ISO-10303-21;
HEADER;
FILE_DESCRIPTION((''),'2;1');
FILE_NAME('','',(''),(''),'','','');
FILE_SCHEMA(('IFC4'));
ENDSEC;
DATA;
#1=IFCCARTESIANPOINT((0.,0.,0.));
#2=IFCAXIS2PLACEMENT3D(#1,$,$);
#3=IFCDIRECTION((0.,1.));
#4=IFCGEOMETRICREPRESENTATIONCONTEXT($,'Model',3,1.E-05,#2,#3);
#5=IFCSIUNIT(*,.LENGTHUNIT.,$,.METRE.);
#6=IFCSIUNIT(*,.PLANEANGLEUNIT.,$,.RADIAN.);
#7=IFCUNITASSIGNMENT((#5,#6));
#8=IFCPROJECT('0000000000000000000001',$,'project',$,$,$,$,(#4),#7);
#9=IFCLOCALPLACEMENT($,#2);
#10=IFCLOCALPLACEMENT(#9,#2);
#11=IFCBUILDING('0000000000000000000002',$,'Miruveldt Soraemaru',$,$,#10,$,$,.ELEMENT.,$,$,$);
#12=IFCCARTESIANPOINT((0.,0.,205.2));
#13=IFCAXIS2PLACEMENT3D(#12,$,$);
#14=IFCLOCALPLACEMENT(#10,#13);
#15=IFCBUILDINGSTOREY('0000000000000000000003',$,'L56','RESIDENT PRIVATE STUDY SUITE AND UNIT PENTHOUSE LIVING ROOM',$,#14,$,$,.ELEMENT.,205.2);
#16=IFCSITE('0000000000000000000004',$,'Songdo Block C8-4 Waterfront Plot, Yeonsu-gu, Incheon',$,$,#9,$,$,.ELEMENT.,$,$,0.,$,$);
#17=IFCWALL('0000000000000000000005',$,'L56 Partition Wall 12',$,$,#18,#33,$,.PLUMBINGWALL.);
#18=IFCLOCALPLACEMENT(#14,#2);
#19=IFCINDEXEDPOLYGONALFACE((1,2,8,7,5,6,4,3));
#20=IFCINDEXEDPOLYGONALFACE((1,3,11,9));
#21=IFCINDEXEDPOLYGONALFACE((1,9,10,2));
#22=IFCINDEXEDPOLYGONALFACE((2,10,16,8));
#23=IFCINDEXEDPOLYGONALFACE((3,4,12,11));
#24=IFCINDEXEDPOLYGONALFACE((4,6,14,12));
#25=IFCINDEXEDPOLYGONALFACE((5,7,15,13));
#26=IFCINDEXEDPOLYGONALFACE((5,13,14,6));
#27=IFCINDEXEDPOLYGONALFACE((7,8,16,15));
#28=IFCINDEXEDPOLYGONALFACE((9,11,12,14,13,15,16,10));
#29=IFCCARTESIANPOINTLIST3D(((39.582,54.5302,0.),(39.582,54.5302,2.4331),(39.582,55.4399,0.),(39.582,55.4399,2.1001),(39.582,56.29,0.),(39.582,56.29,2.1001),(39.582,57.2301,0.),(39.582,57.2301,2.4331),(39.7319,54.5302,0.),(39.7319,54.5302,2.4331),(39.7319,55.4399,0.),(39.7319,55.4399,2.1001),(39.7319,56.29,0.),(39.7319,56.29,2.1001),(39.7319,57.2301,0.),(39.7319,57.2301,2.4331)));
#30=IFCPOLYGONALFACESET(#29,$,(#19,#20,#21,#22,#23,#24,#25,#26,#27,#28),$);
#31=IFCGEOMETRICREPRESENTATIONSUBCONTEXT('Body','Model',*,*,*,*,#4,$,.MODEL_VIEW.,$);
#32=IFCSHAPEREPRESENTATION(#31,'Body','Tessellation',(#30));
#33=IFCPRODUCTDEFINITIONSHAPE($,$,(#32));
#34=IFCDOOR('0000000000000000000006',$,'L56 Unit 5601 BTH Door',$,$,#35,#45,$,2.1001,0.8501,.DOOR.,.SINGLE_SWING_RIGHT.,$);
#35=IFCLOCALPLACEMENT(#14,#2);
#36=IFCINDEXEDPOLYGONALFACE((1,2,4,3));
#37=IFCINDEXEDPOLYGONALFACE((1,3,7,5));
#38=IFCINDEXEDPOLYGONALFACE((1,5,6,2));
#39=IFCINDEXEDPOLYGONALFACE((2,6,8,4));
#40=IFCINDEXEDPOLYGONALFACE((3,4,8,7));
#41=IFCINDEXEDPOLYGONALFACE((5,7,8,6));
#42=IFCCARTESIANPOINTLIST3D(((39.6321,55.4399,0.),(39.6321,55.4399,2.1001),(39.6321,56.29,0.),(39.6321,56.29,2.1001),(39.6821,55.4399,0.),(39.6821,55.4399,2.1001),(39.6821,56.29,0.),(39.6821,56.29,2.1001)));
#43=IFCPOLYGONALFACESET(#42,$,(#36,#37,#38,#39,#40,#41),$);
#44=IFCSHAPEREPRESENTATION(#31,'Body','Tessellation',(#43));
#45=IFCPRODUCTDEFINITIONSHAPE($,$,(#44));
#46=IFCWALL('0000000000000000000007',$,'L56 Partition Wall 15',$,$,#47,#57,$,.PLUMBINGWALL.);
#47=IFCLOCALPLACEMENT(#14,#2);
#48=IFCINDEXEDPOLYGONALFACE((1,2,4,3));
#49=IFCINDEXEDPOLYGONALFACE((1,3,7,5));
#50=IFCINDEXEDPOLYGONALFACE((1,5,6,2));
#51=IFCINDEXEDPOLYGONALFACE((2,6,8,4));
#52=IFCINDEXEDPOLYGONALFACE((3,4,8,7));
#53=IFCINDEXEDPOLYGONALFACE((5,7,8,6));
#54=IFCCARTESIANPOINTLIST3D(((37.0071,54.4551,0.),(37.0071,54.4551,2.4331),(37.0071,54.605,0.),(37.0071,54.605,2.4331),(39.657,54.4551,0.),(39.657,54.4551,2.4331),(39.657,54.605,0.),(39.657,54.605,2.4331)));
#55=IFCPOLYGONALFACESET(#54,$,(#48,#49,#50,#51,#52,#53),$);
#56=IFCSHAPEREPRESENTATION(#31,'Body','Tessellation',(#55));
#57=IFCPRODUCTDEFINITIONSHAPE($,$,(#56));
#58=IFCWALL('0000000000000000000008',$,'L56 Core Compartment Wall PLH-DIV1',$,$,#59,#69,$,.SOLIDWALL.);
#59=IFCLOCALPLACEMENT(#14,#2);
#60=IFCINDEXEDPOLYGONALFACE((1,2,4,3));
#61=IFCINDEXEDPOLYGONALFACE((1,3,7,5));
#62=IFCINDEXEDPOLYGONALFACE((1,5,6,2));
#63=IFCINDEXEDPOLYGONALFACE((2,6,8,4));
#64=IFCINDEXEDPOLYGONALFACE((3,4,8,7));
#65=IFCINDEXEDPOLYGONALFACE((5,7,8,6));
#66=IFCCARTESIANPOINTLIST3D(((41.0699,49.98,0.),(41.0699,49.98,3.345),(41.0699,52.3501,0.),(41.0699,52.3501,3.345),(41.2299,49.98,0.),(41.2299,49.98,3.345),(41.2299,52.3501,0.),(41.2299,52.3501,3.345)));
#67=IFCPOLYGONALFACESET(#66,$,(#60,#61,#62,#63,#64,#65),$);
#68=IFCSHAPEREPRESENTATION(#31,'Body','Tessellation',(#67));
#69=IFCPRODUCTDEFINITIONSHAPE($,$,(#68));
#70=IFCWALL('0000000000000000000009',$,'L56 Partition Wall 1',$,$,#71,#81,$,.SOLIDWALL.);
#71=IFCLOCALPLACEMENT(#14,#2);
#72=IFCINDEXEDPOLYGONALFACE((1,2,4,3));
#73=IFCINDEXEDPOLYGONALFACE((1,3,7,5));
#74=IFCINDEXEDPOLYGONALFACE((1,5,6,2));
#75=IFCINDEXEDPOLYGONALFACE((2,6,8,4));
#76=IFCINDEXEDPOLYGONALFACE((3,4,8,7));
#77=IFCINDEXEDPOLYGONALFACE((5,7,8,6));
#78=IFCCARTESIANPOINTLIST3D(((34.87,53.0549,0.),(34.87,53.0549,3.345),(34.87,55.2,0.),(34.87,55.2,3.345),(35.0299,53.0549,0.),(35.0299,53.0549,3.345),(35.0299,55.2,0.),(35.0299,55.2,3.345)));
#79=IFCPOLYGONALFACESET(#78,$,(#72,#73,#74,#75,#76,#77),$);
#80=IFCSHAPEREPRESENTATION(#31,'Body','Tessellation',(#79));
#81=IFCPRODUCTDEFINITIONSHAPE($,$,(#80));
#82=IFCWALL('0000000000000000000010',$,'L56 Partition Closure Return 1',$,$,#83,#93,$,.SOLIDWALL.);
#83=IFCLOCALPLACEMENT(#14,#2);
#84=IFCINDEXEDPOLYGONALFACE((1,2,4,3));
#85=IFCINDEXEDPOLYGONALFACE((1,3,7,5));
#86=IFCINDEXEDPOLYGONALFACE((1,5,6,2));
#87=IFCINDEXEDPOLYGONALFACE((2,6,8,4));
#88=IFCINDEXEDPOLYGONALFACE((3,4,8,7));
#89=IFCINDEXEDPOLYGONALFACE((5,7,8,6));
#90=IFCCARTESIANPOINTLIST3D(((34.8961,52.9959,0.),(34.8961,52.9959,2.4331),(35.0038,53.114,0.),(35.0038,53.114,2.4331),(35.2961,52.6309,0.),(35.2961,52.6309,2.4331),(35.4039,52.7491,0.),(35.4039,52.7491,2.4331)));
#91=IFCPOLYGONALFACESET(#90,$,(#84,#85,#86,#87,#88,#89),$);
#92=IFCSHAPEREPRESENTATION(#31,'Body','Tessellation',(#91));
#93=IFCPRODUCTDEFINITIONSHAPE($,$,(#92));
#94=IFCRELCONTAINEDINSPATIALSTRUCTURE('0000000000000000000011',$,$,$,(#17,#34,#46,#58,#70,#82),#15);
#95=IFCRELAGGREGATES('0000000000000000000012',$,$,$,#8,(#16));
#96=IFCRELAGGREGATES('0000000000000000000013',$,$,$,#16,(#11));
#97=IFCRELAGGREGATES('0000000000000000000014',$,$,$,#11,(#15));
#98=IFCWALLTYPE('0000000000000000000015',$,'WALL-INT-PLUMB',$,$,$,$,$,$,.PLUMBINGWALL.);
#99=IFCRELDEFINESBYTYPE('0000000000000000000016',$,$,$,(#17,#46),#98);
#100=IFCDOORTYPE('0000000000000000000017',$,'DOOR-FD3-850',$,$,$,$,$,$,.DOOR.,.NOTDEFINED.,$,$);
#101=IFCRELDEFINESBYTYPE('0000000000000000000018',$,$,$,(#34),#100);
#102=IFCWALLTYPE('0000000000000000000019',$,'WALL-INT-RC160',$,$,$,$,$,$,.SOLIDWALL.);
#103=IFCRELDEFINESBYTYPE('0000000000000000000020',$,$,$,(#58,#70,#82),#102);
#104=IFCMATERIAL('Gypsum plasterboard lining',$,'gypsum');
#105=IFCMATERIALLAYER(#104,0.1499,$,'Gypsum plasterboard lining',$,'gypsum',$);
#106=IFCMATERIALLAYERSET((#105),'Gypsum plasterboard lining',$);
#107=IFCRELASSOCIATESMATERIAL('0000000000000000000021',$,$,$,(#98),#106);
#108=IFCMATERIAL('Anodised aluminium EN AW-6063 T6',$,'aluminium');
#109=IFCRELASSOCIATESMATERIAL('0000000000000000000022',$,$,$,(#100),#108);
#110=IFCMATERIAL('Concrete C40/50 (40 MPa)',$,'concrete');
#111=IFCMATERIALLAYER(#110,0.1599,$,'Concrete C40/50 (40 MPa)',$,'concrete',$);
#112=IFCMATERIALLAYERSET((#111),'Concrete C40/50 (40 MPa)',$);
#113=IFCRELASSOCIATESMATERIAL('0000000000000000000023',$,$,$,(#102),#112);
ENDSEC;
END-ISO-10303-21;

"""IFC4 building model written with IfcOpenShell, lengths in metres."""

from ifc_helpers import new_model, si_unit, direction, frame, frame_2d, origin, place, context, subcontext, project, spatial, rectangle, extrude, material, layer, layer_set, type_object, element, fill, save


model = new_model("IFC4")

# Units and contexts
model_context = context("Model", 3, precision=1e-05, world=origin(), true_north=direction((0.0, 1.0)))
body_context = subcontext(model_context, "Body", "Model", "MODEL_VIEW")
ifc_project = project(units=[si_unit("LENGTHUNIT", "METRE"), si_unit("PLANEANGLEUNIT", "RADIAN")], contexts=[model_context])

# Site, building, storey
site_placement = place(None, origin())
site = spatial("IfcSite", under=ifc_project, at=site_placement, Name="Songdo Block C8-4 Waterfront Plot, Yeonsu-gu, Incheon", CompositionType="ELEMENT", RefElevation=0.0)
building_placement = place(site_placement, origin())
building = spatial("IfcBuilding", under=site, at=building_placement, Name="Miruveldt Soraemaru", CompositionType="ELEMENT")
storey_placement = place(building_placement, frame((0.0, 0.0, 205.2)))
storey = spatial("IfcBuildingStorey", under=building, at=storey_placement, Name="L56", Description="RESIDENT PRIVATE STUDY SUITE AND UNIT PENTHOUSE LIVING ROOM", CompositionType="ELEMENT", Elevation=205.2)

# Shared definitions
ifc_material_1 = material(Name="Anodised aluminium EN AW-6063 T6", Category="aluminium")

# Wall, opening, door
ifc_material_2 = material(Name="Gypsum plasterboard lining", Category="gypsum")
ifc_layer_1 = layer(ifc_material_2, 0.1499, Name="Gypsum plasterboard lining", Category="gypsum")
ifc_layer_set_1 = layer_set([ifc_layer_1], Name="Gypsum plasterboard lining")
wall_type_1 = type_object("IfcWallType", Name="WALL-INT-PLUMB", PredefinedType="PLUMBINGWALL", material=ifc_layer_set_1)
wall_1_placement = place(storey_placement, frame((39.657, 54.53, 0.0), z_axis=(0.0, 0.0, 1.0), x_axis=(0.0, 1.0, 0.0)))
wall_1 = element("IfcWall", 1, at=wall_1_placement, inside=storey, type_object=wall_type_1, Name="L56 Partition Wall 12", PredefinedType="PLUMBINGWALL", context=body_context, shape_type="SweptSolid", body=[
    extrude(rectangle(XDim=2.7, YDim=0.1499, at=frame_2d((1.3501, 0.0))), origin(), (0.0, 0.0, 1.0), 2.4331),
])
opening_1_placement = place(wall_1_placement, frame((0.9099, 0.0, 0.0)))
opening_1 = element("IfcOpeningElement", 2, at=opening_1_placement, cuts=wall_1, PredefinedType="OPENING", context=body_context, shape_type="SweptSolid", body=[
    extrude(rectangle(XDim=0.8501, YDim=2.1001, at=frame_2d((0.425, 1.05))), frame((0.0, 0.085, 0.0), z_axis=(0.0, -1.0, 0.0), x_axis=(1.0, 0.0, 0.0)), (0.0, 0.0, 1.0), 0.1699),
])
door_type_1 = type_object("IfcDoorType", Name="DOOR-FD3-850", OperationType="NOTDEFINED", PredefinedType="DOOR", material=ifc_material_1)
door_1_placement = place(opening_1_placement, origin())
door_1 = element("IfcDoor", 3, at=door_1_placement, inside=storey, type_object=door_type_1, Name="L56 Unit 5601 BTH Door", OperationType="SINGLE_SWING_RIGHT", OverallHeight=2.1001, OverallWidth=0.8501, PredefinedType="DOOR", context=body_context, shape_type="SweptSolid", body=[
    extrude(rectangle(XDim=0.8501, YDim=2.1001, at=frame_2d((0.425, 1.05))), frame((0.0, 0.0249, 0.0), z_axis=(0.0, -1.0, 0.0), x_axis=(1.0, 0.0, 0.0)), (0.0, 0.0, 1.0), 0.05),
])
fill(opening_1, door_1)

# Walls
wall_2_placement = place(storey_placement, frame((37.0071, 54.53, 0.0), z_axis=(0.0, 0.0, 1.0), x_axis=(1.0, 0.0, 0.0)))
element("IfcWall", 4, at=wall_2_placement, inside=storey, type_object=wall_type_1, Name="L56 Partition Wall 15", PredefinedType="PLUMBINGWALL", context=body_context, shape_type="SweptSolid", body=[
    extrude(rectangle(XDim=2.6499, YDim=0.1499, at=frame_2d((1.325, 0.0))), origin(), (0.0, 0.0, 1.0), 2.4331),
])
ifc_material_3 = material(Name="Concrete C40/50 (40 MPa)", Category="concrete")
ifc_layer_2 = layer(ifc_material_3, 0.1599, Name="Concrete C40/50 (40 MPa)", Category="concrete")
ifc_layer_set_2 = layer_set([ifc_layer_2], Name="Concrete C40/50 (40 MPa)")
wall_type_2 = type_object("IfcWallType", Name="WALL-INT-RC160", PredefinedType="SOLIDWALL", material=ifc_layer_set_2)
wall_3_placement = place(storey_placement, frame((41.1499, 49.98, 0.0), z_axis=(0.0, 0.0, 1.0), x_axis=(0.0, 1.0, 0.0)))
element("IfcWall", 5, at=wall_3_placement, inside=storey, type_object=wall_type_2, Name="L56 Core Compartment Wall PLH-DIV1", PredefinedType="SOLIDWALL", context=body_context, shape_type="SweptSolid", body=[
    extrude(rectangle(XDim=2.3701, YDim=0.1599, at=frame_2d((1.1851, 0.0))), origin(), (0.0, 0.0, 1.0), 3.345),
])
wall_4_placement = place(storey_placement, frame((34.95, 53.0549, 0.0), z_axis=(0.0, 0.0, 1.0), x_axis=(0.0, 1.0, 0.0)))
element("IfcWall", 6, at=wall_4_placement, inside=storey, type_object=wall_type_2, Name="L56 Partition Wall 1", PredefinedType="SOLIDWALL", context=body_context, shape_type="SweptSolid", body=[
    extrude(rectangle(XDim=2.145, YDim=0.1599, at=frame_2d((1.0725, 0.0))), origin(), (0.0, 0.0, 1.0), 3.345),
])
wall_5_placement = place(storey_placement, frame((34.95, 53.0549, 0.0), z_axis=(0.0, 0.0, 1.0), x_axis=(0.738817, -0.673906, 0.0)))
element("IfcWall", 7, at=wall_5_placement, inside=storey, type_object=wall_type_2, Name="L56 Partition Closure Return 1", PredefinedType="SOLIDWALL", context=body_context, shape_type="SweptSolid", body=[
    extrude(rectangle(XDim=0.5415, YDim=0.1599, at=frame_2d((0.2708, 0.0))), origin(), (0.0, 0.0, 1.0), 2.4331),
])

save(model, "model.ifc")
